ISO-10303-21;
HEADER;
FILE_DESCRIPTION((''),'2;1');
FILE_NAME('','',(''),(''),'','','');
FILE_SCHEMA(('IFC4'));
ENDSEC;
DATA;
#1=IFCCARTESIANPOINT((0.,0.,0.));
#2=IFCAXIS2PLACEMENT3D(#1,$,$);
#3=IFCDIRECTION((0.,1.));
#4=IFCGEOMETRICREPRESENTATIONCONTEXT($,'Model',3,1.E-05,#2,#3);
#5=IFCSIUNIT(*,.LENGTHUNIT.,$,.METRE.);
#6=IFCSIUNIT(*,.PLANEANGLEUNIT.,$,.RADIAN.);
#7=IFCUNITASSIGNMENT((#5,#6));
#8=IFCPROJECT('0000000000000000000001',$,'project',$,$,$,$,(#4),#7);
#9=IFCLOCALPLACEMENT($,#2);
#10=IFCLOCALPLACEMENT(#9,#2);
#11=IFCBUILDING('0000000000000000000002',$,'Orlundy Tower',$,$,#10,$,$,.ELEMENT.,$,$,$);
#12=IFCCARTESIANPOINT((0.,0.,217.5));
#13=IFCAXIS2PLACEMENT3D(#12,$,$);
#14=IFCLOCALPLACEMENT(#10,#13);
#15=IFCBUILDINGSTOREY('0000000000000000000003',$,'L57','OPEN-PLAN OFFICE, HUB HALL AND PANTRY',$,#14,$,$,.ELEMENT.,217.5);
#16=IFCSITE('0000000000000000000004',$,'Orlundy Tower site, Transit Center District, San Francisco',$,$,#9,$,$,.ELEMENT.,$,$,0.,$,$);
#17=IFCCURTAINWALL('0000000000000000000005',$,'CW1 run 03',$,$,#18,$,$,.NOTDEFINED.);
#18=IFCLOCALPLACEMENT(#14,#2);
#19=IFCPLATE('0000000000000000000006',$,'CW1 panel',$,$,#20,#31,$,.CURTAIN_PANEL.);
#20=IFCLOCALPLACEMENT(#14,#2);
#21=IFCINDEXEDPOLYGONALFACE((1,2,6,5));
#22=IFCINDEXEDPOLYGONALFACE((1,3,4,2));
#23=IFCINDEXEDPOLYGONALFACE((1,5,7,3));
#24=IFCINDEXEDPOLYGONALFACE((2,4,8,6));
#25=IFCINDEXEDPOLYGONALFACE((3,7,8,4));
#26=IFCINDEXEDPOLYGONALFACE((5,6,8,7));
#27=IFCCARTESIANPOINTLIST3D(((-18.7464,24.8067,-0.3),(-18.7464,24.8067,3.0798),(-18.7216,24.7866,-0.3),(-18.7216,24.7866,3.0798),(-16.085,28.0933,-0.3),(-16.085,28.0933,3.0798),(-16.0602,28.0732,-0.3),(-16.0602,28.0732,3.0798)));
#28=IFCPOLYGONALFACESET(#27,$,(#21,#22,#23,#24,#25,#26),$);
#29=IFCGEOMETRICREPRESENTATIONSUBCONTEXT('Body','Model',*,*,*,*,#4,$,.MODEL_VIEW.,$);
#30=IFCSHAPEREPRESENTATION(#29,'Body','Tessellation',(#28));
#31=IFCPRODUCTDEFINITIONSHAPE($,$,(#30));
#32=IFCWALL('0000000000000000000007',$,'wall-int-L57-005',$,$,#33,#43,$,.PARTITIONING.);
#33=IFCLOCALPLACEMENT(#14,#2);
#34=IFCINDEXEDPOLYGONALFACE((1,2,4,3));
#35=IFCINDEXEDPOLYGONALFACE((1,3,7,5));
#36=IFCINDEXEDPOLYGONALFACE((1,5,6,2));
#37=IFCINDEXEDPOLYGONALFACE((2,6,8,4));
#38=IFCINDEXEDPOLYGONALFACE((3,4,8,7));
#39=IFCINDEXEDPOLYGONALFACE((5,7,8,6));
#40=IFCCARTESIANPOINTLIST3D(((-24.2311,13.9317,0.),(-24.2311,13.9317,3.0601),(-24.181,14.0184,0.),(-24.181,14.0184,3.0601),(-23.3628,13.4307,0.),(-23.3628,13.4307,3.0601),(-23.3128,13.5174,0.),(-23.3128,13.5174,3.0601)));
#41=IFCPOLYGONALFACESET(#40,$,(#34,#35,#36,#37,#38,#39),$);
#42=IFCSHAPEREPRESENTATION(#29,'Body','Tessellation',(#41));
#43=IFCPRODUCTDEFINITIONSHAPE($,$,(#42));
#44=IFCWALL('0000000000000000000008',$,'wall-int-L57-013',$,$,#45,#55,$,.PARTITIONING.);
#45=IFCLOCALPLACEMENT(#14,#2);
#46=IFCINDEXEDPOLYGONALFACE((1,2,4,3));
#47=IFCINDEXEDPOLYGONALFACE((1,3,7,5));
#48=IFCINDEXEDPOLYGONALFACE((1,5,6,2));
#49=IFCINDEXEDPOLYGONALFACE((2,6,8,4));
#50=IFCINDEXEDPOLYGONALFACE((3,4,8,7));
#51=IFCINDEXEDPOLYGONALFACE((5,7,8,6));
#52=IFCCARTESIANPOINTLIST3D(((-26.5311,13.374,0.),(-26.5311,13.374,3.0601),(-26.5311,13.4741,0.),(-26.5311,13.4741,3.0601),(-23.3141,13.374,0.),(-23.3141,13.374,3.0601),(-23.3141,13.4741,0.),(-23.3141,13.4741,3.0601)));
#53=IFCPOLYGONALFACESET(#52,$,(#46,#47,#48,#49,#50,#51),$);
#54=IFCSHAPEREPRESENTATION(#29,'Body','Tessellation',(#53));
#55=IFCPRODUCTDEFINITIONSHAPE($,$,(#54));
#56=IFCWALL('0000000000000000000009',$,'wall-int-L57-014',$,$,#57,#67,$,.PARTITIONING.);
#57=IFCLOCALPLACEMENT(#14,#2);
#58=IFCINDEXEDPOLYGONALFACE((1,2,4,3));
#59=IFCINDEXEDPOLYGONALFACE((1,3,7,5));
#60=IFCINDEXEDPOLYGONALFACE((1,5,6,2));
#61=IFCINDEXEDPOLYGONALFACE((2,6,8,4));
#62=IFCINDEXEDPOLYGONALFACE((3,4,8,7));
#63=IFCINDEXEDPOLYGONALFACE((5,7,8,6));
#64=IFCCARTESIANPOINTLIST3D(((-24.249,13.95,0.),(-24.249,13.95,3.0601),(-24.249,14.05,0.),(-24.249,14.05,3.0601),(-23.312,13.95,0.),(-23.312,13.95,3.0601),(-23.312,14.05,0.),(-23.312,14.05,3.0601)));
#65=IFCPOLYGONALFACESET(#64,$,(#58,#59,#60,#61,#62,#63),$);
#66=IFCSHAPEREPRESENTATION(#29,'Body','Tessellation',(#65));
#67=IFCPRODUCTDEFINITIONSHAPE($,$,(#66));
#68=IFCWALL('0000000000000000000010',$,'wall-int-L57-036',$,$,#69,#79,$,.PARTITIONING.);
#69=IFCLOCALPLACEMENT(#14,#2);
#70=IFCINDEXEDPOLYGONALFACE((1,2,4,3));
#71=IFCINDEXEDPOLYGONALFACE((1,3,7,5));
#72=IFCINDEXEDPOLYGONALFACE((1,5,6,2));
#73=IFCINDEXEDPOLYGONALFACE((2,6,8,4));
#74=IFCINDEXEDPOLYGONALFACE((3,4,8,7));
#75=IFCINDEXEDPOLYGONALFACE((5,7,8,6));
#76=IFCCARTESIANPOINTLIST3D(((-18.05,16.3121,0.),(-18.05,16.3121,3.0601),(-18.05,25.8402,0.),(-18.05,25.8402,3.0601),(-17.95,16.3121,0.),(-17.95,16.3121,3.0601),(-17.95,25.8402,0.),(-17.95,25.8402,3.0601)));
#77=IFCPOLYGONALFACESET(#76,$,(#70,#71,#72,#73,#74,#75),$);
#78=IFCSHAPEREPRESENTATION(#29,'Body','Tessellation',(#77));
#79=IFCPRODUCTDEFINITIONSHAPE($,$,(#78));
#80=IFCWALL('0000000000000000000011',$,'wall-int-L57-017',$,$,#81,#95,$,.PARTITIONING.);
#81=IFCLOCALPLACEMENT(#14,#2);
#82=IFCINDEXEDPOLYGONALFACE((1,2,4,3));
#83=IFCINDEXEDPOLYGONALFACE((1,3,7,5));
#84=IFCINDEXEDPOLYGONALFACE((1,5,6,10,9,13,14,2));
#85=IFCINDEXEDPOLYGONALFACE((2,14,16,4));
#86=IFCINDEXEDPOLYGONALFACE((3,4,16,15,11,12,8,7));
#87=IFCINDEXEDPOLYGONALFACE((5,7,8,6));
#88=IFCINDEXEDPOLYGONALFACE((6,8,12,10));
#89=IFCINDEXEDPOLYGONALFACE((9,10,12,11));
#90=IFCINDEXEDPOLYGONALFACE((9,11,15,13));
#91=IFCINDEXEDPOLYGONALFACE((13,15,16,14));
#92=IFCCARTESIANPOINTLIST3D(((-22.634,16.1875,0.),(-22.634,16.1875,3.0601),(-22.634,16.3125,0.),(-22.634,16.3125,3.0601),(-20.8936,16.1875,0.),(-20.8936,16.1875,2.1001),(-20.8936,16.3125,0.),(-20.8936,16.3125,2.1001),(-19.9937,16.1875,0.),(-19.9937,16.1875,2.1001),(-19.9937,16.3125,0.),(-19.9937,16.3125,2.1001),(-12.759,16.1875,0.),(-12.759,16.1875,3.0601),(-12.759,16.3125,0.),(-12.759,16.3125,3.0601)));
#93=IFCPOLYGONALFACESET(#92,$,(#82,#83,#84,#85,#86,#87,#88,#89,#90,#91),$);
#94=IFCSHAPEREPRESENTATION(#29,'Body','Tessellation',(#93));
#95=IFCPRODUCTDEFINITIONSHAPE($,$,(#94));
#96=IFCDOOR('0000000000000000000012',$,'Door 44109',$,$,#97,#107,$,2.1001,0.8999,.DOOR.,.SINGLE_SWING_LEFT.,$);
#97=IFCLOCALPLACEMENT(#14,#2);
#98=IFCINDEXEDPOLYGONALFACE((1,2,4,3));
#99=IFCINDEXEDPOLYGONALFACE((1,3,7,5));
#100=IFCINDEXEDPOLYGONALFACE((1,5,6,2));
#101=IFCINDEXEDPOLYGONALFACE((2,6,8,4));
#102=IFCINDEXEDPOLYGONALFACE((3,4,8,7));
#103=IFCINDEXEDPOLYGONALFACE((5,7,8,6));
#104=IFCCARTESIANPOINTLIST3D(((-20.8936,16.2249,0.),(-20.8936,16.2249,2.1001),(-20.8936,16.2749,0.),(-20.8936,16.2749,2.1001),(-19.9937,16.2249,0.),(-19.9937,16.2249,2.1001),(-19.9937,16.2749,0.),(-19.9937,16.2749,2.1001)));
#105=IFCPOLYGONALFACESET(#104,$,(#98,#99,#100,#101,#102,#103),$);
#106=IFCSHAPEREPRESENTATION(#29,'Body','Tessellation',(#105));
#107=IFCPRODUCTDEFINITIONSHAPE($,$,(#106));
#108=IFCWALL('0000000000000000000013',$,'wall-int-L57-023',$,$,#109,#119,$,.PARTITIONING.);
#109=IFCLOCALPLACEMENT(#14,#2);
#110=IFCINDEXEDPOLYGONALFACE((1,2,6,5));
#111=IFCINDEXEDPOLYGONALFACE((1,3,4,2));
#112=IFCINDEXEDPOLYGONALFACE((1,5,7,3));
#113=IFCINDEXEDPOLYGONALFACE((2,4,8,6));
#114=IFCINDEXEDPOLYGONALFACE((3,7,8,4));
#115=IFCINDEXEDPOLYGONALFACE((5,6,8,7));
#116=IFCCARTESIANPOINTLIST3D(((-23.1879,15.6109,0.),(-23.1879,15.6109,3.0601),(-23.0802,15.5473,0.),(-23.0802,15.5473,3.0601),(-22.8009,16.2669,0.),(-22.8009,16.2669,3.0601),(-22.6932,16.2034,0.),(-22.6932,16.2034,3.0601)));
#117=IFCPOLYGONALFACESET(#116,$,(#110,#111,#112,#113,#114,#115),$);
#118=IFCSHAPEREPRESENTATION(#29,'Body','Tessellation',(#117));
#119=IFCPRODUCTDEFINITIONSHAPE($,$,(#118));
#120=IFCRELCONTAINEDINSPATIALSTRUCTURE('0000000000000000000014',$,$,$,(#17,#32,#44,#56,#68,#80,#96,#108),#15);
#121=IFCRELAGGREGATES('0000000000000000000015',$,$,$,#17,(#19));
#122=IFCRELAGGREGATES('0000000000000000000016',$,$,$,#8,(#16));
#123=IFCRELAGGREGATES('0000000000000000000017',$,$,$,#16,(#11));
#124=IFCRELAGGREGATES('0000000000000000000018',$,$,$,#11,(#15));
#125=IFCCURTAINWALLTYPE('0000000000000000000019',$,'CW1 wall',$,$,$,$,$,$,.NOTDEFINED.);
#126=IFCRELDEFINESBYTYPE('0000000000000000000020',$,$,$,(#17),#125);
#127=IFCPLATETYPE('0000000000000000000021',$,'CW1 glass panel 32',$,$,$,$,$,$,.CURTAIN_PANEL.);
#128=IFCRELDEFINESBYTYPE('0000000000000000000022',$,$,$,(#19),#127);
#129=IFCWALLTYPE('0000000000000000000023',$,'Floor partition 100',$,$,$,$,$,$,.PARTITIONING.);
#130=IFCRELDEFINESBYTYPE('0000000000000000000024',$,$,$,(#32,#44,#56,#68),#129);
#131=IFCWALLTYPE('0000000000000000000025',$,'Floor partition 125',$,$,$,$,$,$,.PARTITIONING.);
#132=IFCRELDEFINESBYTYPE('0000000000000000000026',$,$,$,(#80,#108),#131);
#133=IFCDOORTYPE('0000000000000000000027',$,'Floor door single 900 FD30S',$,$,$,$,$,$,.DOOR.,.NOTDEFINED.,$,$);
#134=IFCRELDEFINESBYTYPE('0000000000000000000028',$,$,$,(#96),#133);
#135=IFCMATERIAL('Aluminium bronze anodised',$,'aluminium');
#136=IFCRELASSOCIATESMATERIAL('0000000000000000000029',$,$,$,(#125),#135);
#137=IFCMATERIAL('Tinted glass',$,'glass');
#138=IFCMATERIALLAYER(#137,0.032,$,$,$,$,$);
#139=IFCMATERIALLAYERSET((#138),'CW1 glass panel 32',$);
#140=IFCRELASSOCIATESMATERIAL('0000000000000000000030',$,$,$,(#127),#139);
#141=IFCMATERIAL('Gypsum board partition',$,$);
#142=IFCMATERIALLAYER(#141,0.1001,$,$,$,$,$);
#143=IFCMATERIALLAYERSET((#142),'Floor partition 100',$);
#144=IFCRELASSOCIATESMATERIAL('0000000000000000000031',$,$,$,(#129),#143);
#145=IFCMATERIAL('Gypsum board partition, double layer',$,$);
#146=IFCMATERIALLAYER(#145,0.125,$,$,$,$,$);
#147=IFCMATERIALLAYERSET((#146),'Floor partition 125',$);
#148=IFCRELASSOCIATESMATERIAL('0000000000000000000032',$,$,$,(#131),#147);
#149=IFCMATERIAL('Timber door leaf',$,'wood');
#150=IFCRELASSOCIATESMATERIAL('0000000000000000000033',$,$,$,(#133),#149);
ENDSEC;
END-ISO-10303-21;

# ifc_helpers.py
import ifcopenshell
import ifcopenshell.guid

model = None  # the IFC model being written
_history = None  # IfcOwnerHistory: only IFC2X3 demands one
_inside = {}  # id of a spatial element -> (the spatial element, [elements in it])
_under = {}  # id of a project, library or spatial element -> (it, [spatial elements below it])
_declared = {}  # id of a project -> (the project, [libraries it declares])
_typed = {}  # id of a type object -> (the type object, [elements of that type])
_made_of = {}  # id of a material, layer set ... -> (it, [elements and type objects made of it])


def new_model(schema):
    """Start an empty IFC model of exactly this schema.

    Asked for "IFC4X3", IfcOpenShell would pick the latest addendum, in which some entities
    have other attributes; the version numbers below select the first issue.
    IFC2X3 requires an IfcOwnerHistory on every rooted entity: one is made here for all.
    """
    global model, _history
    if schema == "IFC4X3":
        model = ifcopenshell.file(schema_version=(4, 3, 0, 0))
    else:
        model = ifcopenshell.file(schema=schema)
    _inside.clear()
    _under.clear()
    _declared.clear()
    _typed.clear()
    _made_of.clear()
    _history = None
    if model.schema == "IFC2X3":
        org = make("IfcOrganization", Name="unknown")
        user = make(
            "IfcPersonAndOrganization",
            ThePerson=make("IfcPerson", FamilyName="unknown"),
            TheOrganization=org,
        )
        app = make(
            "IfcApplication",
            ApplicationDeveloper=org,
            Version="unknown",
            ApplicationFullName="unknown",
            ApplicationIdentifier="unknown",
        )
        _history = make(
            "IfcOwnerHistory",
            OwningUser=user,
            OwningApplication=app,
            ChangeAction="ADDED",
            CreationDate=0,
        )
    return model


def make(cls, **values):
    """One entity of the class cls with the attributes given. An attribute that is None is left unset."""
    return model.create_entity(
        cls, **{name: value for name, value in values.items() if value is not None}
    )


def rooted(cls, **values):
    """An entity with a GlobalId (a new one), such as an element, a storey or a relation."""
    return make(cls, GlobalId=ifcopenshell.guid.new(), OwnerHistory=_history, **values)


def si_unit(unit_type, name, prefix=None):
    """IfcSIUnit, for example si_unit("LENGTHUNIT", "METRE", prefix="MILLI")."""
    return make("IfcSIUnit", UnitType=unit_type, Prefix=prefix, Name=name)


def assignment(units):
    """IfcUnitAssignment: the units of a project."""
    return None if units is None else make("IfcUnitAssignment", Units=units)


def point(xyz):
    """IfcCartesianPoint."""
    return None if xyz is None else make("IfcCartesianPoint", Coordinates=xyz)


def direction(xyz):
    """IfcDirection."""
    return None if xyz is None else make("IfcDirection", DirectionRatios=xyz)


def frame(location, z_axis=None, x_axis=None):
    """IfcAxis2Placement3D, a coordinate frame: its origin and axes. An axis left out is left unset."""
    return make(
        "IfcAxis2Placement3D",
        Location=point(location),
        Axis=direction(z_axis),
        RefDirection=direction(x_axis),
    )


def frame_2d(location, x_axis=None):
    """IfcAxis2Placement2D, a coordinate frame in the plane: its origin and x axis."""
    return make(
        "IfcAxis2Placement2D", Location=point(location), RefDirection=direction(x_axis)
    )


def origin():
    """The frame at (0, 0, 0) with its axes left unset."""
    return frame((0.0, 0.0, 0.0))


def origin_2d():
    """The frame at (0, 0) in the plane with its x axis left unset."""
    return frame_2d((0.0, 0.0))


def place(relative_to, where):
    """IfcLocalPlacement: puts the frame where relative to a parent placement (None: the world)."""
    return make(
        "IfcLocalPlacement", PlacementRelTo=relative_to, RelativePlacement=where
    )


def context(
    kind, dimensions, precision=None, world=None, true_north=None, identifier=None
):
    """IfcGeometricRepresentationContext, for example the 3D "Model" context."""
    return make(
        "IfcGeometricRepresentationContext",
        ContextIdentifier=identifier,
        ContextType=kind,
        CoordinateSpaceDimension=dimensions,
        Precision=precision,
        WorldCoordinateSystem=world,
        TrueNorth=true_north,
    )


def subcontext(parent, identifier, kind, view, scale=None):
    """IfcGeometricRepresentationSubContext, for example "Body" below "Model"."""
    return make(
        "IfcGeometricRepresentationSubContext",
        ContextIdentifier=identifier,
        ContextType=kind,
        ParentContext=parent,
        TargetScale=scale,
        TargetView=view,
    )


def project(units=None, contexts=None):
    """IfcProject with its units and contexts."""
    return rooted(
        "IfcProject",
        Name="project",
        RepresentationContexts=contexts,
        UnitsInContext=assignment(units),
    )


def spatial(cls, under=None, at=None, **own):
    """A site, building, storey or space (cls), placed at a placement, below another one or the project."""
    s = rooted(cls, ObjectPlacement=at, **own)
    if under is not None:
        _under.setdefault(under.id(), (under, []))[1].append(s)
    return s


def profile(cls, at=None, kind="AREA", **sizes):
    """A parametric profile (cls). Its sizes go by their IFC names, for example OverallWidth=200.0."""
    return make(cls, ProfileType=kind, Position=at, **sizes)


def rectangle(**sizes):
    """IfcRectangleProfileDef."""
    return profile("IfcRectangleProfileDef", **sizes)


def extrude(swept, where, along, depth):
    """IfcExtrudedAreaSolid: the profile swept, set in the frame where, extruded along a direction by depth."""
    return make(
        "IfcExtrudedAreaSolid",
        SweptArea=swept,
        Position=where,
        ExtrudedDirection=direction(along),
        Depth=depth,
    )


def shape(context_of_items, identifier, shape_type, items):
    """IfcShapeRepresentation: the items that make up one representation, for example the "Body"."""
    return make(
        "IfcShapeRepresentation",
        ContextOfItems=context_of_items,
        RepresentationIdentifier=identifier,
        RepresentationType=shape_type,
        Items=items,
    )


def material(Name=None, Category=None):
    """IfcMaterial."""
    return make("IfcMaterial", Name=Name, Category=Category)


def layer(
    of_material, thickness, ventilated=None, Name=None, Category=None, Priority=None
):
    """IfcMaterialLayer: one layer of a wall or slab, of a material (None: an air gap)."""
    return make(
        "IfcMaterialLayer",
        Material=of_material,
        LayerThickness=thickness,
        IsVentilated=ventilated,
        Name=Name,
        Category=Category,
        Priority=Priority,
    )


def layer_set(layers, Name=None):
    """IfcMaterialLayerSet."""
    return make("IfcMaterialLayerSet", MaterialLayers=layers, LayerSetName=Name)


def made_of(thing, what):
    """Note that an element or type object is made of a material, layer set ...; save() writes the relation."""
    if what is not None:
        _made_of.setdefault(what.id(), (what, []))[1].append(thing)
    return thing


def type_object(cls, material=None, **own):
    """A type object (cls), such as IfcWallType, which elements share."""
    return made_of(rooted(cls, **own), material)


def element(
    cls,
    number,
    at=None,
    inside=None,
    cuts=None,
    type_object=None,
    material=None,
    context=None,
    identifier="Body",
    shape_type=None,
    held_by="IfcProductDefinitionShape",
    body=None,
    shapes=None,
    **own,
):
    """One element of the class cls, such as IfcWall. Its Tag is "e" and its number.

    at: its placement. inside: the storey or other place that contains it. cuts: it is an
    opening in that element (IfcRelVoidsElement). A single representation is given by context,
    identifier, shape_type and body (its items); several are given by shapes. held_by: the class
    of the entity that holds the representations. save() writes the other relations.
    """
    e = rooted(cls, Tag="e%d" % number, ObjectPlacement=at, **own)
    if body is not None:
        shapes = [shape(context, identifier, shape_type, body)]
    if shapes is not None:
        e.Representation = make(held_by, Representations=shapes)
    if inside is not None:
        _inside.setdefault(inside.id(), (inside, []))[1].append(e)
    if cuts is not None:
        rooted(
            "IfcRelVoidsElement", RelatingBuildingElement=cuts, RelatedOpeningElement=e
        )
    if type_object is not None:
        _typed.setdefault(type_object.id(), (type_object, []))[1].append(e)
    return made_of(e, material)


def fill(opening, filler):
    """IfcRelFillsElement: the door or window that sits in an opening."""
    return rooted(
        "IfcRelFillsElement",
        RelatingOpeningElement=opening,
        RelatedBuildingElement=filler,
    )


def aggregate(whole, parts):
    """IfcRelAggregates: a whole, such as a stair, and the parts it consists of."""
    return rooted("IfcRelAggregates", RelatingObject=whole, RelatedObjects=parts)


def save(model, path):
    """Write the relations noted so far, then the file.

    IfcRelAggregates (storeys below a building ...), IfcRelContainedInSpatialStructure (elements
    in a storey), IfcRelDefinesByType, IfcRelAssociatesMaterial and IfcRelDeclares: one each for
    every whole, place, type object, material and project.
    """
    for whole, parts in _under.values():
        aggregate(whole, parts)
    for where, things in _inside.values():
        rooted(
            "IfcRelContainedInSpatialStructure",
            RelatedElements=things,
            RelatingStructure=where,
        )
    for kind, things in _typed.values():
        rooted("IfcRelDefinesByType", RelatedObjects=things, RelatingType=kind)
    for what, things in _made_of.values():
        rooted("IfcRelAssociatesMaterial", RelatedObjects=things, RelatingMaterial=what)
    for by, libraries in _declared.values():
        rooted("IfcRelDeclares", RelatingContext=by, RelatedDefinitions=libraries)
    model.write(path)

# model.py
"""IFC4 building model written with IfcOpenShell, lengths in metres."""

from ifc_helpers import new_model, si_unit, direction, frame, frame_2d, origin, origin_2d, place, context, subcontext, project, spatial, rectangle, extrude, material, layer, layer_set, type_object, element, fill, aggregate, save


model = new_model("IFC4")

# Units and contexts
model_context = context("Model", 3, precision=1e-05, world=origin(), true_north=direction((0.0, 1.0)))
body_context = subcontext(model_context, "Body", "Model", "MODEL_VIEW")
ifc_project = project(units=[si_unit("LENGTHUNIT", "METRE"), si_unit("PLANEANGLEUNIT", "RADIAN")], contexts=[model_context])

# Site, building, storey
site_placement = place(None, origin())
site = spatial("IfcSite", under=ifc_project, at=site_placement, Name="Orlundy Tower site, Transit Center District, San Francisco", CompositionType="ELEMENT", RefElevation=0.0)
building_placement = place(site_placement, origin())
building = spatial("IfcBuilding", under=site, at=building_placement, Name="Orlundy Tower", CompositionType="ELEMENT")
storey_placement = place(building_placement, frame((0.0, 0.0, 217.5)))
storey = spatial("IfcBuildingStorey", under=building, at=storey_placement, Name="L57", Description="OPEN-PLAN OFFICE, HUB HALL AND PANTRY", CompositionType="ELEMENT", Elevation=217.5)

# Shared definitions
ifc_material_1 = material(Name="Aluminium bronze anodised", Category="aluminium")
curtain_wall_type = type_object("IfcCurtainWallType", Name="CW1 wall", PredefinedType="NOTDEFINED", material=ifc_material_1)

# Curtain wall
curtain_wall_1_placement = place(storey_placement, origin())
curtain_wall_1 = element("IfcCurtainWall", 1, at=curtain_wall_1_placement, inside=storey, type_object=curtain_wall_type, Name="CW1 run 03", PredefinedType="NOTDEFINED")

# Plate
ifc_material_2 = material(Name="Tinted glass", Category="glass")
ifc_layer_1 = layer(ifc_material_2, 0.032)
ifc_layer_set_1 = layer_set([ifc_layer_1], Name="CW1 glass panel 32")
plate_type = type_object("IfcPlateType", Name="CW1 glass panel 32", PredefinedType="CURTAIN_PANEL", material=ifc_layer_set_1)
plate_1_placement = place(storey_placement, frame((-17.4033, 26.4399, -0.3), z_axis=(0.0, 0.0, 1.0), x_axis=(0.629321, 0.777146, 0.0)))
plate_1 = element("IfcPlate", 2, at=plate_1_placement, type_object=plate_type, Name="CW1 panel", PredefinedType="CURTAIN_PANEL", context=body_context, shape_type="SweptSolid", body=[
    extrude(rectangle(XDim=4.229, YDim=0.032, at=origin_2d()), origin(), (0.0, 0.0, 1.0), 3.3799),
])
aggregate(curtain_wall_1, [plate_1])

# Walls
ifc_material_3 = material(Name="Gypsum board partition")
ifc_layer_2 = layer(ifc_material_3, 0.1001)
ifc_layer_set_2 = layer_set([ifc_layer_2], Name="Floor partition 100")
wall_type_1 = type_object("IfcWallType", Name="Floor partition 100", PredefinedType="PARTITIONING", material=ifc_layer_set_2)
wall_1_placement = place(storey_placement, frame((-24.2061, 13.9751, 0.0), z_axis=(0.0, 0.0, 1.0), x_axis=(0.866137, -0.499807, 0.0)))
element("IfcWall", 3, at=wall_1_placement, inside=storey, type_object=wall_type_1, Name="wall-int-L57-005", PredefinedType="PARTITIONING", context=body_context, shape_type="SweptSolid", body=[
    extrude(rectangle(XDim=1.0024, YDim=0.1001, at=frame_2d((0.5012, 0.0))), origin(), (0.0, 0.0, 1.0), 3.0601),
])
wall_2_placement = place(storey_placement, frame((-26.531, 13.4241, 0.0), z_axis=(0.0, 0.0, 1.0), x_axis=(1.0, 0.0, 0.0)))
element("IfcWall", 4, at=wall_2_placement, inside=storey, type_object=wall_type_1, Name="wall-int-L57-013", PredefinedType="PARTITIONING", context=body_context, shape_type="SweptSolid", body=[
    extrude(rectangle(XDim=3.217, YDim=0.1001, at=frame_2d((1.6084, 0.0))), origin(), (0.0, 0.0, 1.0), 3.0601),
])
wall_3_placement = place(storey_placement, frame((-24.249, 14.0, 0.0), z_axis=(0.0, 0.0, 1.0), x_axis=(1.0, 0.0, 0.0)))
element("IfcWall", 5, at=wall_3_placement, inside=storey, type_object=wall_type_1, Name="wall-int-L57-014", PredefinedType="PARTITIONING", context=body_context, shape_type="SweptSolid", body=[
    extrude(rectangle(XDim=0.937, YDim=0.1001, at=frame_2d((0.4685, 0.0))), origin(), (0.0, 0.0, 1.0), 3.0601),
])
wall_4_placement = place(storey_placement, frame((-18.0, 16.312, 0.0), z_axis=(0.0, 0.0, 1.0), x_axis=(0.0, 1.0, 0.0)))
element("IfcWall", 6, at=wall_4_placement, inside=storey, type_object=wall_type_1, Name="wall-int-L57-036", PredefinedType="PARTITIONING", context=body_context, shape_type="SweptSolid", body=[
    extrude(rectangle(XDim=9.5281, YDim=0.1001, at=frame_2d((4.7642, 0.0))), origin(), (0.0, 0.0, 1.0), 3.0601),
])

# Wall, opening, door
ifc_material_4 = material(Name="Gypsum board partition, double layer")
ifc_layer_3 = layer(ifc_material_4, 0.125)
ifc_layer_set_3 = layer_set([ifc_layer_3], Name="Floor partition 125")
wall_type_2 = type_object("IfcWallType", Name="Floor partition 125", PredefinedType="PARTITIONING", material=ifc_layer_set_3)
wall_5_placement = place(storey_placement, frame((-22.634, 16.25, 0.0), z_axis=(0.0, 0.0, 1.0), x_axis=(1.0, 0.0, 0.0)))
wall_5 = element("IfcWall", 7, at=wall_5_placement, inside=storey, type_object=wall_type_2, Name="wall-int-L57-017", PredefinedType="PARTITIONING", context=body_context, shape_type="SweptSolid", body=[
    extrude(rectangle(XDim=9.875, YDim=0.125, at=frame_2d((4.9375, 0.0))), origin(), (0.0, 0.0, 1.0), 3.0601),
])
opening_placement = place(wall_5_placement, frame((1.7405, 0.0, 0.0)))
opening = element("IfcOpeningElement", 8, at=opening_placement, cuts=wall_5, PredefinedType="OPENING", context=body_context, shape_type="SweptSolid", body=[
    extrude(rectangle(XDim=0.8999, YDim=2.1001, at=frame_2d((0.45, 1.05))), frame((0.0, 0.0725, 0.0), z_axis=(0.0, -1.0, 0.0), x_axis=(1.0, 0.0, 0.0)), (0.0, 0.0, 1.0), 0.145),
])
ifc_material_5 = material(Name="Timber door leaf", Category="wood")
door_type = type_object("IfcDoorType", Name="Floor door single 900 FD30S", OperationType="NOTDEFINED", PredefinedType="DOOR", material=ifc_material_5)
door_placement = place(opening_placement, origin())
door = element("IfcDoor", 9, at=door_placement, inside=storey, type_object=door_type, Name="Door 44109", OperationType="SINGLE_SWING_LEFT", OverallHeight=2.1001, OverallWidth=0.8999, PredefinedType="DOOR", context=body_context, shape_type="SweptSolid", body=[
    extrude(rectangle(XDim=0.8999, YDim=2.1001, at=frame_2d((0.45, 1.05))), frame((0.0, 0.0249, 0.0), z_axis=(0.0, -1.0, 0.0), x_axis=(1.0, 0.0, 0.0)), (0.0, 0.0, 1.0), 0.05),
])
fill(opening, door)

# Wall
wall_6_placement = place(storey_placement, frame((-23.134, 15.5791, 0.0), z_axis=(0.0, 0.0, 1.0), x_axis=(0.50807, 0.861316, 0.0)))
element("IfcWall", 10, at=wall_6_placement, inside=storey, type_object=wall_type_2, Name="wall-int-L57-023", PredefinedType="PARTITIONING", context=body_context, shape_type="SweptSolid", body=[
    extrude(rectangle(XDim=0.7617, YDim=0.125, at=frame_2d((0.3809, 0.0))), origin(), (0.0, 0.0, 1.0), 3.0601),
])

save(model, "model.ifc")
